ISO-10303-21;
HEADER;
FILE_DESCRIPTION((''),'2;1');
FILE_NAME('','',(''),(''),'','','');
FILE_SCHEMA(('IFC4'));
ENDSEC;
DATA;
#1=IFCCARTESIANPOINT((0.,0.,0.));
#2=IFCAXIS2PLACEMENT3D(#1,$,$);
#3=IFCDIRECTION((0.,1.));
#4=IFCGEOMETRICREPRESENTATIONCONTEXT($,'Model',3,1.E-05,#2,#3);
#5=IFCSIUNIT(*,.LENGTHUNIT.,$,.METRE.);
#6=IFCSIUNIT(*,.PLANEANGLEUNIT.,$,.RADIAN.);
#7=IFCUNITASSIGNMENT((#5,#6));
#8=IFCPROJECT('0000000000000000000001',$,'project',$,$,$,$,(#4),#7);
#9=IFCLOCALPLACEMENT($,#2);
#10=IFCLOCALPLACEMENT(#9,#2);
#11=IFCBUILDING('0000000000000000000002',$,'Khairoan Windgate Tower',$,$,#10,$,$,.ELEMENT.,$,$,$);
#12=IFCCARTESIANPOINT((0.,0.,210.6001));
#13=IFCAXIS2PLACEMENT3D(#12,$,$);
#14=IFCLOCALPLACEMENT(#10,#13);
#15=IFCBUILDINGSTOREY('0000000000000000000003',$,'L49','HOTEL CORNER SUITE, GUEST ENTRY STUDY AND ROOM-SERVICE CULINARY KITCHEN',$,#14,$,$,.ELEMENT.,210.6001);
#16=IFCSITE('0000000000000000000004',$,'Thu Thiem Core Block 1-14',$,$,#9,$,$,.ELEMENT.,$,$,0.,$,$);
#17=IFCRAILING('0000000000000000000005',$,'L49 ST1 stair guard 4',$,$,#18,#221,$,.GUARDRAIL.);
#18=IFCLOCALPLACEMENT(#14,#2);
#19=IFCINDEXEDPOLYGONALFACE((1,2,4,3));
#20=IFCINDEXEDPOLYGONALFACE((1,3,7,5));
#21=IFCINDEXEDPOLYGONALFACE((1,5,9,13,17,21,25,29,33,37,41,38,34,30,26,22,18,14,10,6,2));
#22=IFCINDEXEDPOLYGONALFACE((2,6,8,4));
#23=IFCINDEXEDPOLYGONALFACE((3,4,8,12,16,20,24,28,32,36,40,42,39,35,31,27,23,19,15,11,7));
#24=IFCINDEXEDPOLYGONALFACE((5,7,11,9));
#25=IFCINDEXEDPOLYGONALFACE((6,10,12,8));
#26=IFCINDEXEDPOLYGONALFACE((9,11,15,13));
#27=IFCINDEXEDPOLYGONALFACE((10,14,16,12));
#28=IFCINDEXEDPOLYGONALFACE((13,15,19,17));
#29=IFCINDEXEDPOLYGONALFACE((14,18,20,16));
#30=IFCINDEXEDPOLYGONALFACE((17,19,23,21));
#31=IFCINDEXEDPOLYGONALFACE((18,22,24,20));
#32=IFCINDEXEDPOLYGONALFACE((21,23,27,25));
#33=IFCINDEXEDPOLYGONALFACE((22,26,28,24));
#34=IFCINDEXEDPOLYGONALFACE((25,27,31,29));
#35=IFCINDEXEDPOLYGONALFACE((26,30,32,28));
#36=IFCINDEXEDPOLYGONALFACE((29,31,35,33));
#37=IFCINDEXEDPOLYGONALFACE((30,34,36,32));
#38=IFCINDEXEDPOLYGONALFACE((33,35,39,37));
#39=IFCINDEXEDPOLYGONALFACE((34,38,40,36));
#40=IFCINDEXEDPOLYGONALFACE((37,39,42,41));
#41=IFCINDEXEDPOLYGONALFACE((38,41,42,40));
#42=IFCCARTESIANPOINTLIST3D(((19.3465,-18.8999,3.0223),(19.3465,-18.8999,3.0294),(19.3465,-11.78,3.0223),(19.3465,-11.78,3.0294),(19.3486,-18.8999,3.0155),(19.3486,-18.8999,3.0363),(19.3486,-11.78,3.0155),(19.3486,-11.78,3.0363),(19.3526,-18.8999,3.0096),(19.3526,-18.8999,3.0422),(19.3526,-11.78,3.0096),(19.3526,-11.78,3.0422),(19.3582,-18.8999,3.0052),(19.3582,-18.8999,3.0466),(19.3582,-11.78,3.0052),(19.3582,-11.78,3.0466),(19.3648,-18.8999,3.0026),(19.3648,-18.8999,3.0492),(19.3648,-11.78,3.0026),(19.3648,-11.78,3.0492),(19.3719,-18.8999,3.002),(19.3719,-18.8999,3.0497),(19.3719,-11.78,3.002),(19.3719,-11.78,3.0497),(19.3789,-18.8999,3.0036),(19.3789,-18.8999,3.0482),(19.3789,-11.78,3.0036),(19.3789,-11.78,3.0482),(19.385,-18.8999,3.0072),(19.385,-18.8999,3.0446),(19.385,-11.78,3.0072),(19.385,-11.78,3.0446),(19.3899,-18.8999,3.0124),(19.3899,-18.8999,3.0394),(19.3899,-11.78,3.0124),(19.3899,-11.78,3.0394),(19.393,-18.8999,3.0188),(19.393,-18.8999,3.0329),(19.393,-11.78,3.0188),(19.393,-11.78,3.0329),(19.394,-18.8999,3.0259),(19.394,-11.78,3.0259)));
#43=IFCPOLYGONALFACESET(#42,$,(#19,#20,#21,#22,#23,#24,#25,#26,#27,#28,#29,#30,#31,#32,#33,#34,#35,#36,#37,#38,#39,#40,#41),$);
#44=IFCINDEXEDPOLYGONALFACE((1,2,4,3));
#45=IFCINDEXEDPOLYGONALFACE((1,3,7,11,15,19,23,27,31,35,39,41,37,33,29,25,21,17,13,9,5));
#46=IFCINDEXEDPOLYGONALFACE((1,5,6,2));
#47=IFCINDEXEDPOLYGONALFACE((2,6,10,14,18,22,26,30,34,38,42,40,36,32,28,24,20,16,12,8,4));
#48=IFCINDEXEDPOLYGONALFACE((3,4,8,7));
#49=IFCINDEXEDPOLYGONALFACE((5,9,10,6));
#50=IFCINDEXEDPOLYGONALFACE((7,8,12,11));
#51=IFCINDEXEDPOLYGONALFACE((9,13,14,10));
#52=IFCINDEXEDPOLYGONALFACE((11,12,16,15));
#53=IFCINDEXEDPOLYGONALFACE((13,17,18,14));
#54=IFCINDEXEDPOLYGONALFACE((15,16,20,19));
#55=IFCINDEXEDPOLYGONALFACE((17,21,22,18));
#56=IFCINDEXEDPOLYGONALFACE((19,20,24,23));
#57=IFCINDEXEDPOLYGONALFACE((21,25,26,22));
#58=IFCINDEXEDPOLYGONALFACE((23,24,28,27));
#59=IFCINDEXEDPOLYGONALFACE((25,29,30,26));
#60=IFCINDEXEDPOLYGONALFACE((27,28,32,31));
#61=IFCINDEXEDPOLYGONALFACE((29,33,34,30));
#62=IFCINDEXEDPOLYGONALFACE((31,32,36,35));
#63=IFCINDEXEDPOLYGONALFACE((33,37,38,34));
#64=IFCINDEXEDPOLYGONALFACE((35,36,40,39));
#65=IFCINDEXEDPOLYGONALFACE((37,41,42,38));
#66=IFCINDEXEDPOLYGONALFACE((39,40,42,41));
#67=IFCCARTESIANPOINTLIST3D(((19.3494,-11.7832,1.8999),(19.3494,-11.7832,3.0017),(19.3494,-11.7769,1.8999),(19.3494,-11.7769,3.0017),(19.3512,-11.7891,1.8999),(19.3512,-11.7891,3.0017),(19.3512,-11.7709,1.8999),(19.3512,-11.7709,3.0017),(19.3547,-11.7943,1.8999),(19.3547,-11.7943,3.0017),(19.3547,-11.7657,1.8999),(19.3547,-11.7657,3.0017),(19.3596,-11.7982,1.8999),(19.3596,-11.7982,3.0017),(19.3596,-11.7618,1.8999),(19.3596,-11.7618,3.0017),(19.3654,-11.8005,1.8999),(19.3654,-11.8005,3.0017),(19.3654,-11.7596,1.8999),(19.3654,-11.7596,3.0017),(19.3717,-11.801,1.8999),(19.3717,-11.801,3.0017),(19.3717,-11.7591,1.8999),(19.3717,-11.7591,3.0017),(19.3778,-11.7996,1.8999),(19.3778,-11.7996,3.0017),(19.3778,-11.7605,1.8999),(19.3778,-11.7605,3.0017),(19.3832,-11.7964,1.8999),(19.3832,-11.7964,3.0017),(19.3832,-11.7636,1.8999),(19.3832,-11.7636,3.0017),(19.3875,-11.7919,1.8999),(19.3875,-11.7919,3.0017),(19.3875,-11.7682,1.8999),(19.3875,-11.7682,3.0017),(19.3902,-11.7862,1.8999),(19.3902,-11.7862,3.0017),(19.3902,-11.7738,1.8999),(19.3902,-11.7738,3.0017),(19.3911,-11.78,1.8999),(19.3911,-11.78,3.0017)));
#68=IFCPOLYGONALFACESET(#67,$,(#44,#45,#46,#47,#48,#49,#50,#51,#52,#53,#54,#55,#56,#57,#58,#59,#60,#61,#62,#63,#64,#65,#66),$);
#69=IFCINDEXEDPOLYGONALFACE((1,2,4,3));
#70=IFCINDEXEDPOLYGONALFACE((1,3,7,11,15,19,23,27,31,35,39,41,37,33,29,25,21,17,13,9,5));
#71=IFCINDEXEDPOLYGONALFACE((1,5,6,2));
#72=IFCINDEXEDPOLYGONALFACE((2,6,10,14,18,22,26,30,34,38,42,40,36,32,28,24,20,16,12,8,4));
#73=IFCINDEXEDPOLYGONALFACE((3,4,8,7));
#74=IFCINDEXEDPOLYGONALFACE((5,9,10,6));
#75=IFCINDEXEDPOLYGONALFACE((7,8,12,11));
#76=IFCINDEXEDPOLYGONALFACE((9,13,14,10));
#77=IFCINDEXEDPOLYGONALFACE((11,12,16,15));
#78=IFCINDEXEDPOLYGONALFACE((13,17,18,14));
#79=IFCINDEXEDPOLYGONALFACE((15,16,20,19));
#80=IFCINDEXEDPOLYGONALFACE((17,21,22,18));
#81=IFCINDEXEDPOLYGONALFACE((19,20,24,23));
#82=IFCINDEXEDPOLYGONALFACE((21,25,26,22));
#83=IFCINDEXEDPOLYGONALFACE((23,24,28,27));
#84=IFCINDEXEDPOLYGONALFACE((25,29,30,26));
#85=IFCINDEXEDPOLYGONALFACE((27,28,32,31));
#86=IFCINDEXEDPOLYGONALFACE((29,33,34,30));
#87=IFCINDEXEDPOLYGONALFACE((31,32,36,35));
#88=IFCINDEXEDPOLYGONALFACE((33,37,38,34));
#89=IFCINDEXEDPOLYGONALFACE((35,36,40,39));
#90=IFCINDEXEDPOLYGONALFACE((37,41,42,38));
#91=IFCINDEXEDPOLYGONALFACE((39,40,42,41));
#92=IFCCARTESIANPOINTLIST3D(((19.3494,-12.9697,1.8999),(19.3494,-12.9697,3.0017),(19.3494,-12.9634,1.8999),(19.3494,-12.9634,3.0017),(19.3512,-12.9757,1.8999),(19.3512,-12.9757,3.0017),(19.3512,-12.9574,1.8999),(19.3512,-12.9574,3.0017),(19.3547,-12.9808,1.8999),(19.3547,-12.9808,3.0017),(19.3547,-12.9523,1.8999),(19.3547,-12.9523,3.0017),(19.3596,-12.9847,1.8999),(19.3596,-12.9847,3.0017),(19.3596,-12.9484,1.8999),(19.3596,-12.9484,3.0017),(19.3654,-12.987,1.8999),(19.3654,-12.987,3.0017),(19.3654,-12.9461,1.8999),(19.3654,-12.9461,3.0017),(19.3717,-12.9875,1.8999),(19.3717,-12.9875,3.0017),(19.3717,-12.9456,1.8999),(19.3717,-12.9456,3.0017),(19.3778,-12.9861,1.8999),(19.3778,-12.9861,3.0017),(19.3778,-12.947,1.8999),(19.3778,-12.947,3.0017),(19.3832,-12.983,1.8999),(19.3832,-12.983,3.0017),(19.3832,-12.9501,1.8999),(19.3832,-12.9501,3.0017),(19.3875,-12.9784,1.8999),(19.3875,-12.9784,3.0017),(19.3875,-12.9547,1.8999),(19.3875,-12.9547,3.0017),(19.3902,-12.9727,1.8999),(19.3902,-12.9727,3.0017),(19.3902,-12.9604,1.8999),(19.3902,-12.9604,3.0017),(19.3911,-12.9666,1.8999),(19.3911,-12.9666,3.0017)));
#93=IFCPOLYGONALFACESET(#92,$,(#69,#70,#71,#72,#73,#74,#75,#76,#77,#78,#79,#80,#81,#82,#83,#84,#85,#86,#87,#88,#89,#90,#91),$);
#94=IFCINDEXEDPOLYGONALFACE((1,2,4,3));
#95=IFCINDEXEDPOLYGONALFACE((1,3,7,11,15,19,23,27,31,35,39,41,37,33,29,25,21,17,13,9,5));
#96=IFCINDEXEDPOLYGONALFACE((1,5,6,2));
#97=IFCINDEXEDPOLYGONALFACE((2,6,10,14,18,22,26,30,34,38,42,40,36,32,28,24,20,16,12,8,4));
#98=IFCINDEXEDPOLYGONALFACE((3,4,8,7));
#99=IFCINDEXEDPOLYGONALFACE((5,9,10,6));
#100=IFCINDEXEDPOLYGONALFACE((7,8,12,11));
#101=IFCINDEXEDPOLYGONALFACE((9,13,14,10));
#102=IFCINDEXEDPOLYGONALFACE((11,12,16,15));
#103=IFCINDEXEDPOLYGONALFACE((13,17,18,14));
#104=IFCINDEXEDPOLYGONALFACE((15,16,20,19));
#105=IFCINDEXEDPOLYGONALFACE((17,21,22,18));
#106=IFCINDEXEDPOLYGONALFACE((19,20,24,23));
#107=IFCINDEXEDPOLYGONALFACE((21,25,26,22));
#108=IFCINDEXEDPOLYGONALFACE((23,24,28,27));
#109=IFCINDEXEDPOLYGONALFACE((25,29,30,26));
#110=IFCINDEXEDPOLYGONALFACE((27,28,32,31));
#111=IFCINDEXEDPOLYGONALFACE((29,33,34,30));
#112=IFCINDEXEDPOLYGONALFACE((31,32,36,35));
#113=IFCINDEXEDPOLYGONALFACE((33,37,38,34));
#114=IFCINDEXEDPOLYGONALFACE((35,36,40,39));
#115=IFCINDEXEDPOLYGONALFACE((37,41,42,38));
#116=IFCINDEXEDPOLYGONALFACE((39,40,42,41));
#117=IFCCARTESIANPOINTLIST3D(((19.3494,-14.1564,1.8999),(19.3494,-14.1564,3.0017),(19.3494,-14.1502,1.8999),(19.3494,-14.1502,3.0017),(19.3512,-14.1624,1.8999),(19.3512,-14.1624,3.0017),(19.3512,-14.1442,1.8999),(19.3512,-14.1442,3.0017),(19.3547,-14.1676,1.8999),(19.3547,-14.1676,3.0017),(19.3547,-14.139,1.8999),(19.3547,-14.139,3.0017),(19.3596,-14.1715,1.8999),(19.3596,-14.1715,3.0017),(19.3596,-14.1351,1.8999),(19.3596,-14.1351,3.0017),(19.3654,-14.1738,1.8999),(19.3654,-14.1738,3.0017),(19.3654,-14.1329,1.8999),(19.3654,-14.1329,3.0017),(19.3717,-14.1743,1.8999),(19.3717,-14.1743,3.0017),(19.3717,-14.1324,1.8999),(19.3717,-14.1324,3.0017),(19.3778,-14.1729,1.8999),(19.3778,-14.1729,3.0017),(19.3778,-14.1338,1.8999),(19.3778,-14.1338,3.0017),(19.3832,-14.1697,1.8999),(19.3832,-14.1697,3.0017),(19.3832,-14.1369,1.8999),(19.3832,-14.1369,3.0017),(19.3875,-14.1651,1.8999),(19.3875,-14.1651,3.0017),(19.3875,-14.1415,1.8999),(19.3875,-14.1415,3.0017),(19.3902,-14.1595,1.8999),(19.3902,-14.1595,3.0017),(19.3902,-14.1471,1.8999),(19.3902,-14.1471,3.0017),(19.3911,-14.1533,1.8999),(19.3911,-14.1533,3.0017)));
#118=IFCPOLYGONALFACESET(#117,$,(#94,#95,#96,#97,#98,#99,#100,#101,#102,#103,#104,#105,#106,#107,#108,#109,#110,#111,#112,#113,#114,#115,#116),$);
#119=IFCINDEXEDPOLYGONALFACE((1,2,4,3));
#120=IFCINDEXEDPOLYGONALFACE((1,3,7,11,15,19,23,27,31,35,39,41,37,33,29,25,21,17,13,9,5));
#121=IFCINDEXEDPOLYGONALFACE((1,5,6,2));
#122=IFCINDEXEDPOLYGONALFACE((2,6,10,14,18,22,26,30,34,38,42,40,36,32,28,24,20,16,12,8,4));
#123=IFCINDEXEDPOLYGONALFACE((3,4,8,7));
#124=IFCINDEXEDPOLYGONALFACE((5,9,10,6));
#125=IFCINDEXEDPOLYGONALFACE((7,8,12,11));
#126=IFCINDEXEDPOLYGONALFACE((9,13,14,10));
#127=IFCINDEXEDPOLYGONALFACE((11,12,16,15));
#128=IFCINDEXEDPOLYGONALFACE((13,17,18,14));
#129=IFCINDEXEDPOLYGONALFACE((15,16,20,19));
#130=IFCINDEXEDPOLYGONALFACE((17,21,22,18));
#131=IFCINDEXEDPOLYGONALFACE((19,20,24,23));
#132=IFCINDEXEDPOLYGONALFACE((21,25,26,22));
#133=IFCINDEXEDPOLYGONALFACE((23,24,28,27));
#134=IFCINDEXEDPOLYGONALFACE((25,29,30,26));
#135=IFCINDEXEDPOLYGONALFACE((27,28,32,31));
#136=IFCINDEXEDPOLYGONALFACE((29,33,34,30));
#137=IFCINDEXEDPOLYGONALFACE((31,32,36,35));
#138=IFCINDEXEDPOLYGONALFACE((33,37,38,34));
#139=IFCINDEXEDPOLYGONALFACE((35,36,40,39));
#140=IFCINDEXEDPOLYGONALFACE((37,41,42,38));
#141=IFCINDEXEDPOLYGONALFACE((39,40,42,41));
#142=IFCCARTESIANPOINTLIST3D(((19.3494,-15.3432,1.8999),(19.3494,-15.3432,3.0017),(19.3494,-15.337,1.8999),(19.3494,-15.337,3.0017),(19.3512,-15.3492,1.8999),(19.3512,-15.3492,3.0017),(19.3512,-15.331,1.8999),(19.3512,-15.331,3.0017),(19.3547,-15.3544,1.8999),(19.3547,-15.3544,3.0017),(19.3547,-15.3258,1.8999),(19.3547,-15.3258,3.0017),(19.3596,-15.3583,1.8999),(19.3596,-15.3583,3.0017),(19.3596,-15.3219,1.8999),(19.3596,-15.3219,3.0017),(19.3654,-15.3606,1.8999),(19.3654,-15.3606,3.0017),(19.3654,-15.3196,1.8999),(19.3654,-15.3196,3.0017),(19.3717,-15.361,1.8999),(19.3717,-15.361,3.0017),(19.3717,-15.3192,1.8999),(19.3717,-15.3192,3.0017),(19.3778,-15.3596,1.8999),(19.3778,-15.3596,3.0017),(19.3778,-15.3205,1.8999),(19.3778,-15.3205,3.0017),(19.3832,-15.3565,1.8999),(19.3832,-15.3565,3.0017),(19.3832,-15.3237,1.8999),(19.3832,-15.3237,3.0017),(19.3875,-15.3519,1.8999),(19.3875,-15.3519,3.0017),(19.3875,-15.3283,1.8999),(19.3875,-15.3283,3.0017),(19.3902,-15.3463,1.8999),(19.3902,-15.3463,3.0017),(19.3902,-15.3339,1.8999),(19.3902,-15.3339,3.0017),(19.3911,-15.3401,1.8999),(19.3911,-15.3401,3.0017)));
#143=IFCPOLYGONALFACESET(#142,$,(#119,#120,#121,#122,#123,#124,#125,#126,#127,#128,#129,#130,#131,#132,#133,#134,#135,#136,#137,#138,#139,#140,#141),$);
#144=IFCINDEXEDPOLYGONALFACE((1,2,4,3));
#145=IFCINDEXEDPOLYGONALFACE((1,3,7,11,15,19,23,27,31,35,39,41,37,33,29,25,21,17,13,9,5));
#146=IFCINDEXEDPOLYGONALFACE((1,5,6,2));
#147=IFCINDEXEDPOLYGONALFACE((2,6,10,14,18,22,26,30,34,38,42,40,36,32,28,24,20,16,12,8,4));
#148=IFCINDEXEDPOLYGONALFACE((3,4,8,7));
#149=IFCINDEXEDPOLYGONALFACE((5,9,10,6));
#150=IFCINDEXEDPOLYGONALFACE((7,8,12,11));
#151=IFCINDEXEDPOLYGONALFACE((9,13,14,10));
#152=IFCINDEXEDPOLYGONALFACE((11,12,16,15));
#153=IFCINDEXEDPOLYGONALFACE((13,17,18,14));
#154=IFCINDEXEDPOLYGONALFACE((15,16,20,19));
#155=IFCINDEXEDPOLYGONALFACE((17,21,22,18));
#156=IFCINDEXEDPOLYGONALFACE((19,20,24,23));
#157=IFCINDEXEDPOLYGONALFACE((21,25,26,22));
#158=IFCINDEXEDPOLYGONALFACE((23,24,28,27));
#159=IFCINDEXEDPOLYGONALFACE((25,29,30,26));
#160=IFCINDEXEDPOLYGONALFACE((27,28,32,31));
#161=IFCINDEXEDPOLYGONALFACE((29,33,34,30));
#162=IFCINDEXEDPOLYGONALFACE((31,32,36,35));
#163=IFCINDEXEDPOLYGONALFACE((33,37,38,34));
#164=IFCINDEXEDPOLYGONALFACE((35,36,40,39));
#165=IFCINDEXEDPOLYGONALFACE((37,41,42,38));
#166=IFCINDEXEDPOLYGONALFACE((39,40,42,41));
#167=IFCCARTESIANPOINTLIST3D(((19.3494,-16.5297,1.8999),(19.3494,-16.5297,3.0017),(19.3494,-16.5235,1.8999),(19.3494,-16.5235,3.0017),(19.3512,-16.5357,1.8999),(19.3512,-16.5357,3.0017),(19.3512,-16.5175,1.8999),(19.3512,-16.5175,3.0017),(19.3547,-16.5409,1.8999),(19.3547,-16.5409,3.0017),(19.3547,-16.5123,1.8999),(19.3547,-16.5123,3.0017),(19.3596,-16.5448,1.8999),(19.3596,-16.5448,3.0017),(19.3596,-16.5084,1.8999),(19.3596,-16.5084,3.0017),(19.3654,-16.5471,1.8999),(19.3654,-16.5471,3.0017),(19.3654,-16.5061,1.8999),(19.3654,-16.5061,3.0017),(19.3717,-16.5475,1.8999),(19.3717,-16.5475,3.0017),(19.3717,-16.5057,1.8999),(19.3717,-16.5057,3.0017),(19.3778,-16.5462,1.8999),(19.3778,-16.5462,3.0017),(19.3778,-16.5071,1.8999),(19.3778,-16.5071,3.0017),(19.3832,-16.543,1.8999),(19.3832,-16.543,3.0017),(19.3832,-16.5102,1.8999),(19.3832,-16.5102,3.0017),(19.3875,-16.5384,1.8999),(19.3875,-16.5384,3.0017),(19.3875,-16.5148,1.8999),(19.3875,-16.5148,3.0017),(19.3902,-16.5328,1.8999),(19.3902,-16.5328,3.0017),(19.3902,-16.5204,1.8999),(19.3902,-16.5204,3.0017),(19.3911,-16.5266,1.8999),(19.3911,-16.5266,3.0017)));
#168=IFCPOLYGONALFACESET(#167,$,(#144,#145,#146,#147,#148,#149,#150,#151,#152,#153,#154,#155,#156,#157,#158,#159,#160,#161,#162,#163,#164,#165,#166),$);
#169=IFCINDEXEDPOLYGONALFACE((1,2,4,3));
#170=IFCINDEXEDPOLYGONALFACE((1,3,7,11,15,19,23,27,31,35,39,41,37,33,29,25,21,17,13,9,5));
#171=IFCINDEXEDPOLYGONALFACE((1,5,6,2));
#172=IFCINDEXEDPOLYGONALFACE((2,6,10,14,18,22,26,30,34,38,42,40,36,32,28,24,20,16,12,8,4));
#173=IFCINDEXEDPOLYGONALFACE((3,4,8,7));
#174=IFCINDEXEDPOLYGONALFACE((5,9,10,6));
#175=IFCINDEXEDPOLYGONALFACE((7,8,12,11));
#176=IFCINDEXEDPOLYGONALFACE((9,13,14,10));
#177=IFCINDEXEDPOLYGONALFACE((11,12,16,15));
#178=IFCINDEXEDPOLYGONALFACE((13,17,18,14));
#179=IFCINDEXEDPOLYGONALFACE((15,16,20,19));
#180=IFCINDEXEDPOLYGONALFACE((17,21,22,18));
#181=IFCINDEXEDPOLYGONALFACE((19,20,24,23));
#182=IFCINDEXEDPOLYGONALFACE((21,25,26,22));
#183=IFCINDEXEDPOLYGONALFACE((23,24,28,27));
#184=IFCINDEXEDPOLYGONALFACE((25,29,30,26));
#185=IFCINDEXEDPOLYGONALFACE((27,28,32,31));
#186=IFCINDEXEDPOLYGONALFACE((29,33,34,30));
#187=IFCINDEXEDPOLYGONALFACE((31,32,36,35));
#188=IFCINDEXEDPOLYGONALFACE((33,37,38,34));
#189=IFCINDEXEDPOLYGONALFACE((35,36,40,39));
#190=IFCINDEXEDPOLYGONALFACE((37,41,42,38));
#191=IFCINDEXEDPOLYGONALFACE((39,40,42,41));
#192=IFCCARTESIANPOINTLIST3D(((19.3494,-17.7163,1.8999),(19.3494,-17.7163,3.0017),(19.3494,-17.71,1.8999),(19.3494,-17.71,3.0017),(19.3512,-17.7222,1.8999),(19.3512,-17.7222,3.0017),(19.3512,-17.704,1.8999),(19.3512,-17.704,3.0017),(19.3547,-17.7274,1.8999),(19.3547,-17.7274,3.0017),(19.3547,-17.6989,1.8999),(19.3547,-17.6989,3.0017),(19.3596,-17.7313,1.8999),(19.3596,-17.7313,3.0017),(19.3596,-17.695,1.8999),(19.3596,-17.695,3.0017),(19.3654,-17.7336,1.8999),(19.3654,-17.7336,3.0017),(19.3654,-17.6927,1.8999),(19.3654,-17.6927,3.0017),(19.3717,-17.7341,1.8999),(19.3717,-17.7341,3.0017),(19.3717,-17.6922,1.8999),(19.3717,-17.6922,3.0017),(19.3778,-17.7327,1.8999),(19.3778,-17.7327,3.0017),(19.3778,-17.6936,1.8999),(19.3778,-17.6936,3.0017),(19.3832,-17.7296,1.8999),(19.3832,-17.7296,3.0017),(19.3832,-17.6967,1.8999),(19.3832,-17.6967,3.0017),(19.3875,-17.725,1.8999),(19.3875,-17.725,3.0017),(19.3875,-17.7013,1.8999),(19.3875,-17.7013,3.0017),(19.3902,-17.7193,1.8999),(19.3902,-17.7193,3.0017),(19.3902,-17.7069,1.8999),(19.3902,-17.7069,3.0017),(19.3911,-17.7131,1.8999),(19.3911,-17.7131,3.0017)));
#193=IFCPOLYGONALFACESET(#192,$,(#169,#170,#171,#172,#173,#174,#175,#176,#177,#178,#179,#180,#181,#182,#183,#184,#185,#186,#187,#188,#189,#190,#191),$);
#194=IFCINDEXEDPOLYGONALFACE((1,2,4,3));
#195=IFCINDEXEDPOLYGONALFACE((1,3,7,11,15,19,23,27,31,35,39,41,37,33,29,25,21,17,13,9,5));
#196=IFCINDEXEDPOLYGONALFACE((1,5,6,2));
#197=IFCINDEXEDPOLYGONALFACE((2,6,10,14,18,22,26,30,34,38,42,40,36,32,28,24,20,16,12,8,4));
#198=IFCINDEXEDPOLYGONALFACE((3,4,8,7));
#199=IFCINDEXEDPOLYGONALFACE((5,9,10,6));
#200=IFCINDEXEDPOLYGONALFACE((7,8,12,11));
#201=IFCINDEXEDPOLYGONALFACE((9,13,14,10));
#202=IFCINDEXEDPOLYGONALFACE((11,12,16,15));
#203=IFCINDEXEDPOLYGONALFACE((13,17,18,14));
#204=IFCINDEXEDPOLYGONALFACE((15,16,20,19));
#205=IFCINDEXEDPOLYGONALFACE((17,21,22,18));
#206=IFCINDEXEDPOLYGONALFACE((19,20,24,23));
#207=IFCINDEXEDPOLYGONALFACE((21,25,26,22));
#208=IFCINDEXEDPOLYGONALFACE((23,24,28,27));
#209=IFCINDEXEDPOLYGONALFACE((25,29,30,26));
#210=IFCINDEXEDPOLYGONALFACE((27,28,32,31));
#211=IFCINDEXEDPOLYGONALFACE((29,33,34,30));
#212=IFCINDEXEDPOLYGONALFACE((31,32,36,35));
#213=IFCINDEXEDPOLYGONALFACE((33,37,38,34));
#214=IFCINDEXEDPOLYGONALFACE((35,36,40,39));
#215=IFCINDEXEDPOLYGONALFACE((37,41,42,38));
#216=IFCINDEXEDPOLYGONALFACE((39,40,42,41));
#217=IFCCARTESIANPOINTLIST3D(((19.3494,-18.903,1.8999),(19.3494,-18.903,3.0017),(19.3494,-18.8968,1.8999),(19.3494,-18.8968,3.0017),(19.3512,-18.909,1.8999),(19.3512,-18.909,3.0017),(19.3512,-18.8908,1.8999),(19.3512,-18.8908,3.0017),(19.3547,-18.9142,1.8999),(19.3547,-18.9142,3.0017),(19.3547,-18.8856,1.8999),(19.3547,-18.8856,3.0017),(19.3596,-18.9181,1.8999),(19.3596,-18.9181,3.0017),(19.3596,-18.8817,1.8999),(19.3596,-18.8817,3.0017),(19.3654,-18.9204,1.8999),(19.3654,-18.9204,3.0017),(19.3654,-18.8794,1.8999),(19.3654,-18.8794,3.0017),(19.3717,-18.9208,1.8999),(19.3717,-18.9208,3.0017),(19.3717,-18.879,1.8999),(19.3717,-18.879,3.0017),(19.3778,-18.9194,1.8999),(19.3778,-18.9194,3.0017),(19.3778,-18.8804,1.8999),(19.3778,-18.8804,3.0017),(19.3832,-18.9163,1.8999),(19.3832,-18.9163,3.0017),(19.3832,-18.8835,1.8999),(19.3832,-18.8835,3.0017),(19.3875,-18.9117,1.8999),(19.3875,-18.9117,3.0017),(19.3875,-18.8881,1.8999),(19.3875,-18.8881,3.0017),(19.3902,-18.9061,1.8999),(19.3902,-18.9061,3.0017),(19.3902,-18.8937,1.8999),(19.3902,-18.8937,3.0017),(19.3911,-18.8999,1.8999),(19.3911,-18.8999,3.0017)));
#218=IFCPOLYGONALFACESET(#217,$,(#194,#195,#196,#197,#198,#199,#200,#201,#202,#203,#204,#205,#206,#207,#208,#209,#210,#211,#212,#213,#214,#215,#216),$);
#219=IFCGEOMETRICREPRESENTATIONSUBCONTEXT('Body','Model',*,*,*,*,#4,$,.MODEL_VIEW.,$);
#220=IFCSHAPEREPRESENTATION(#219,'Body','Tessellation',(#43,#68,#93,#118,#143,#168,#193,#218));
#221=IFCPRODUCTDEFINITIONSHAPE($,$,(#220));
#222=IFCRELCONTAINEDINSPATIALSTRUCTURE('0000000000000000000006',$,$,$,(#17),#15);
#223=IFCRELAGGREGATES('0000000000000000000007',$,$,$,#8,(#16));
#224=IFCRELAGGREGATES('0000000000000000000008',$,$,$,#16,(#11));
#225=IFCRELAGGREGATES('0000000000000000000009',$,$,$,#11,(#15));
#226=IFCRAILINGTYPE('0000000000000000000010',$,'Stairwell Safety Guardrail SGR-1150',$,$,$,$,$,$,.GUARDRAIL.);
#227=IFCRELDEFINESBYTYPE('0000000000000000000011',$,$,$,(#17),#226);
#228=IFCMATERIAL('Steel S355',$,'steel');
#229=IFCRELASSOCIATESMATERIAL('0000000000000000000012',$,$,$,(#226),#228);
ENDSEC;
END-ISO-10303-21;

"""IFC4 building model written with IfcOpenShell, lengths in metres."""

from ifc_helpers import new_model, si_unit, direction, frame, origin, origin_2d, place, context, subcontext, project, spatial, circle, extrude, material, type_object, element, save


model = new_model("IFC4")

# Units and contexts
model_context = context("Model", 3, precision=1e-05, world=origin(), true_north=direction((0.0, 1.0)))
body_context = subcontext(model_context, "Body", "Model", "MODEL_VIEW")
ifc_project = project(units=[si_unit("LENGTHUNIT", "METRE"), si_unit("PLANEANGLEUNIT", "RADIAN")], contexts=[model_context])

# Site, building, storey
site_placement = place(None, origin())
site = spatial("IfcSite", under=ifc_project, at=site_placement, Name="Thu Thiem Core Block 1-14", CompositionType="ELEMENT", RefElevation=0.0)
building_placement = place(site_placement, origin())
building = spatial("IfcBuilding", under=site, at=building_placement, Name="Khairoan Windgate Tower", CompositionType="ELEMENT")
storey_placement = place(building_placement, frame((0.0, 0.0, 210.6001)))
storey = spatial("IfcBuildingStorey", under=building, at=storey_placement, Name="L49", Description="HOTEL CORNER SUITE, GUEST ENTRY STUDY AND ROOM-SERVICE CULINARY KITCHEN", CompositionType="ELEMENT", Elevation=210.6001)

# Railing
ifc_material_1 = material(Name="Steel S355", Category="steel")
railing_type_1 = type_object("IfcRailingType", Name="Stairwell Safety Guardrail SGR-1150", PredefinedType="GUARDRAIL", material=ifc_material_1)
railing_1_placement = place(storey_placement, frame((19.3701, -11.78, 1.8999)))
element("IfcRailing", 1, at=railing_1_placement, inside=storey, type_object=railing_type_1, Name="L49 ST1 stair guard 4", PredefinedType="GUARDRAIL", context=body_context, shape_type="SweptSolid", body=[
    extrude(circle(Radius=0.0239, at=origin_2d()), frame((0.0, 0.0, 1.126), z_axis=(0.0, -1.0, 0.0), x_axis=(1.0, 0.0, 0.0)), (0.0, 0.0, 1.0), 7.1199),
    extrude(circle(Radius=0.021, at=origin_2d()), origin(), (0.0, 0.0, 1.0), 1.1018),
    extrude(circle(Radius=0.021, at=origin_2d()), frame((0.0, -1.1865, 0.0)), (0.0, 0.0, 1.0), 1.1018),
    extrude(circle(Radius=0.021, at=origin_2d()), frame((0.0, -2.3733, 0.0)), (0.0, 0.0, 1.0), 1.1018),
    extrude(circle(Radius=0.021, at=origin_2d()), frame((0.0, -3.5601, 0.0)), (0.0, 0.0, 1.0), 1.1018),
    extrude(circle(Radius=0.021, at=origin_2d()), frame((0.0, -4.7466, 0.0)), (0.0, 0.0, 1.0), 1.1018),
    extrude(circle(Radius=0.021, at=origin_2d()), frame((0.0, -5.9331, 0.0)), (0.0, 0.0, 1.0), 1.1018),
    extrude(circle(Radius=0.021, at=origin_2d()), frame((0.0, -7.1199, 0.0)), (0.0, 0.0, 1.0), 1.1018),
])

save(model, "model.ifc")
